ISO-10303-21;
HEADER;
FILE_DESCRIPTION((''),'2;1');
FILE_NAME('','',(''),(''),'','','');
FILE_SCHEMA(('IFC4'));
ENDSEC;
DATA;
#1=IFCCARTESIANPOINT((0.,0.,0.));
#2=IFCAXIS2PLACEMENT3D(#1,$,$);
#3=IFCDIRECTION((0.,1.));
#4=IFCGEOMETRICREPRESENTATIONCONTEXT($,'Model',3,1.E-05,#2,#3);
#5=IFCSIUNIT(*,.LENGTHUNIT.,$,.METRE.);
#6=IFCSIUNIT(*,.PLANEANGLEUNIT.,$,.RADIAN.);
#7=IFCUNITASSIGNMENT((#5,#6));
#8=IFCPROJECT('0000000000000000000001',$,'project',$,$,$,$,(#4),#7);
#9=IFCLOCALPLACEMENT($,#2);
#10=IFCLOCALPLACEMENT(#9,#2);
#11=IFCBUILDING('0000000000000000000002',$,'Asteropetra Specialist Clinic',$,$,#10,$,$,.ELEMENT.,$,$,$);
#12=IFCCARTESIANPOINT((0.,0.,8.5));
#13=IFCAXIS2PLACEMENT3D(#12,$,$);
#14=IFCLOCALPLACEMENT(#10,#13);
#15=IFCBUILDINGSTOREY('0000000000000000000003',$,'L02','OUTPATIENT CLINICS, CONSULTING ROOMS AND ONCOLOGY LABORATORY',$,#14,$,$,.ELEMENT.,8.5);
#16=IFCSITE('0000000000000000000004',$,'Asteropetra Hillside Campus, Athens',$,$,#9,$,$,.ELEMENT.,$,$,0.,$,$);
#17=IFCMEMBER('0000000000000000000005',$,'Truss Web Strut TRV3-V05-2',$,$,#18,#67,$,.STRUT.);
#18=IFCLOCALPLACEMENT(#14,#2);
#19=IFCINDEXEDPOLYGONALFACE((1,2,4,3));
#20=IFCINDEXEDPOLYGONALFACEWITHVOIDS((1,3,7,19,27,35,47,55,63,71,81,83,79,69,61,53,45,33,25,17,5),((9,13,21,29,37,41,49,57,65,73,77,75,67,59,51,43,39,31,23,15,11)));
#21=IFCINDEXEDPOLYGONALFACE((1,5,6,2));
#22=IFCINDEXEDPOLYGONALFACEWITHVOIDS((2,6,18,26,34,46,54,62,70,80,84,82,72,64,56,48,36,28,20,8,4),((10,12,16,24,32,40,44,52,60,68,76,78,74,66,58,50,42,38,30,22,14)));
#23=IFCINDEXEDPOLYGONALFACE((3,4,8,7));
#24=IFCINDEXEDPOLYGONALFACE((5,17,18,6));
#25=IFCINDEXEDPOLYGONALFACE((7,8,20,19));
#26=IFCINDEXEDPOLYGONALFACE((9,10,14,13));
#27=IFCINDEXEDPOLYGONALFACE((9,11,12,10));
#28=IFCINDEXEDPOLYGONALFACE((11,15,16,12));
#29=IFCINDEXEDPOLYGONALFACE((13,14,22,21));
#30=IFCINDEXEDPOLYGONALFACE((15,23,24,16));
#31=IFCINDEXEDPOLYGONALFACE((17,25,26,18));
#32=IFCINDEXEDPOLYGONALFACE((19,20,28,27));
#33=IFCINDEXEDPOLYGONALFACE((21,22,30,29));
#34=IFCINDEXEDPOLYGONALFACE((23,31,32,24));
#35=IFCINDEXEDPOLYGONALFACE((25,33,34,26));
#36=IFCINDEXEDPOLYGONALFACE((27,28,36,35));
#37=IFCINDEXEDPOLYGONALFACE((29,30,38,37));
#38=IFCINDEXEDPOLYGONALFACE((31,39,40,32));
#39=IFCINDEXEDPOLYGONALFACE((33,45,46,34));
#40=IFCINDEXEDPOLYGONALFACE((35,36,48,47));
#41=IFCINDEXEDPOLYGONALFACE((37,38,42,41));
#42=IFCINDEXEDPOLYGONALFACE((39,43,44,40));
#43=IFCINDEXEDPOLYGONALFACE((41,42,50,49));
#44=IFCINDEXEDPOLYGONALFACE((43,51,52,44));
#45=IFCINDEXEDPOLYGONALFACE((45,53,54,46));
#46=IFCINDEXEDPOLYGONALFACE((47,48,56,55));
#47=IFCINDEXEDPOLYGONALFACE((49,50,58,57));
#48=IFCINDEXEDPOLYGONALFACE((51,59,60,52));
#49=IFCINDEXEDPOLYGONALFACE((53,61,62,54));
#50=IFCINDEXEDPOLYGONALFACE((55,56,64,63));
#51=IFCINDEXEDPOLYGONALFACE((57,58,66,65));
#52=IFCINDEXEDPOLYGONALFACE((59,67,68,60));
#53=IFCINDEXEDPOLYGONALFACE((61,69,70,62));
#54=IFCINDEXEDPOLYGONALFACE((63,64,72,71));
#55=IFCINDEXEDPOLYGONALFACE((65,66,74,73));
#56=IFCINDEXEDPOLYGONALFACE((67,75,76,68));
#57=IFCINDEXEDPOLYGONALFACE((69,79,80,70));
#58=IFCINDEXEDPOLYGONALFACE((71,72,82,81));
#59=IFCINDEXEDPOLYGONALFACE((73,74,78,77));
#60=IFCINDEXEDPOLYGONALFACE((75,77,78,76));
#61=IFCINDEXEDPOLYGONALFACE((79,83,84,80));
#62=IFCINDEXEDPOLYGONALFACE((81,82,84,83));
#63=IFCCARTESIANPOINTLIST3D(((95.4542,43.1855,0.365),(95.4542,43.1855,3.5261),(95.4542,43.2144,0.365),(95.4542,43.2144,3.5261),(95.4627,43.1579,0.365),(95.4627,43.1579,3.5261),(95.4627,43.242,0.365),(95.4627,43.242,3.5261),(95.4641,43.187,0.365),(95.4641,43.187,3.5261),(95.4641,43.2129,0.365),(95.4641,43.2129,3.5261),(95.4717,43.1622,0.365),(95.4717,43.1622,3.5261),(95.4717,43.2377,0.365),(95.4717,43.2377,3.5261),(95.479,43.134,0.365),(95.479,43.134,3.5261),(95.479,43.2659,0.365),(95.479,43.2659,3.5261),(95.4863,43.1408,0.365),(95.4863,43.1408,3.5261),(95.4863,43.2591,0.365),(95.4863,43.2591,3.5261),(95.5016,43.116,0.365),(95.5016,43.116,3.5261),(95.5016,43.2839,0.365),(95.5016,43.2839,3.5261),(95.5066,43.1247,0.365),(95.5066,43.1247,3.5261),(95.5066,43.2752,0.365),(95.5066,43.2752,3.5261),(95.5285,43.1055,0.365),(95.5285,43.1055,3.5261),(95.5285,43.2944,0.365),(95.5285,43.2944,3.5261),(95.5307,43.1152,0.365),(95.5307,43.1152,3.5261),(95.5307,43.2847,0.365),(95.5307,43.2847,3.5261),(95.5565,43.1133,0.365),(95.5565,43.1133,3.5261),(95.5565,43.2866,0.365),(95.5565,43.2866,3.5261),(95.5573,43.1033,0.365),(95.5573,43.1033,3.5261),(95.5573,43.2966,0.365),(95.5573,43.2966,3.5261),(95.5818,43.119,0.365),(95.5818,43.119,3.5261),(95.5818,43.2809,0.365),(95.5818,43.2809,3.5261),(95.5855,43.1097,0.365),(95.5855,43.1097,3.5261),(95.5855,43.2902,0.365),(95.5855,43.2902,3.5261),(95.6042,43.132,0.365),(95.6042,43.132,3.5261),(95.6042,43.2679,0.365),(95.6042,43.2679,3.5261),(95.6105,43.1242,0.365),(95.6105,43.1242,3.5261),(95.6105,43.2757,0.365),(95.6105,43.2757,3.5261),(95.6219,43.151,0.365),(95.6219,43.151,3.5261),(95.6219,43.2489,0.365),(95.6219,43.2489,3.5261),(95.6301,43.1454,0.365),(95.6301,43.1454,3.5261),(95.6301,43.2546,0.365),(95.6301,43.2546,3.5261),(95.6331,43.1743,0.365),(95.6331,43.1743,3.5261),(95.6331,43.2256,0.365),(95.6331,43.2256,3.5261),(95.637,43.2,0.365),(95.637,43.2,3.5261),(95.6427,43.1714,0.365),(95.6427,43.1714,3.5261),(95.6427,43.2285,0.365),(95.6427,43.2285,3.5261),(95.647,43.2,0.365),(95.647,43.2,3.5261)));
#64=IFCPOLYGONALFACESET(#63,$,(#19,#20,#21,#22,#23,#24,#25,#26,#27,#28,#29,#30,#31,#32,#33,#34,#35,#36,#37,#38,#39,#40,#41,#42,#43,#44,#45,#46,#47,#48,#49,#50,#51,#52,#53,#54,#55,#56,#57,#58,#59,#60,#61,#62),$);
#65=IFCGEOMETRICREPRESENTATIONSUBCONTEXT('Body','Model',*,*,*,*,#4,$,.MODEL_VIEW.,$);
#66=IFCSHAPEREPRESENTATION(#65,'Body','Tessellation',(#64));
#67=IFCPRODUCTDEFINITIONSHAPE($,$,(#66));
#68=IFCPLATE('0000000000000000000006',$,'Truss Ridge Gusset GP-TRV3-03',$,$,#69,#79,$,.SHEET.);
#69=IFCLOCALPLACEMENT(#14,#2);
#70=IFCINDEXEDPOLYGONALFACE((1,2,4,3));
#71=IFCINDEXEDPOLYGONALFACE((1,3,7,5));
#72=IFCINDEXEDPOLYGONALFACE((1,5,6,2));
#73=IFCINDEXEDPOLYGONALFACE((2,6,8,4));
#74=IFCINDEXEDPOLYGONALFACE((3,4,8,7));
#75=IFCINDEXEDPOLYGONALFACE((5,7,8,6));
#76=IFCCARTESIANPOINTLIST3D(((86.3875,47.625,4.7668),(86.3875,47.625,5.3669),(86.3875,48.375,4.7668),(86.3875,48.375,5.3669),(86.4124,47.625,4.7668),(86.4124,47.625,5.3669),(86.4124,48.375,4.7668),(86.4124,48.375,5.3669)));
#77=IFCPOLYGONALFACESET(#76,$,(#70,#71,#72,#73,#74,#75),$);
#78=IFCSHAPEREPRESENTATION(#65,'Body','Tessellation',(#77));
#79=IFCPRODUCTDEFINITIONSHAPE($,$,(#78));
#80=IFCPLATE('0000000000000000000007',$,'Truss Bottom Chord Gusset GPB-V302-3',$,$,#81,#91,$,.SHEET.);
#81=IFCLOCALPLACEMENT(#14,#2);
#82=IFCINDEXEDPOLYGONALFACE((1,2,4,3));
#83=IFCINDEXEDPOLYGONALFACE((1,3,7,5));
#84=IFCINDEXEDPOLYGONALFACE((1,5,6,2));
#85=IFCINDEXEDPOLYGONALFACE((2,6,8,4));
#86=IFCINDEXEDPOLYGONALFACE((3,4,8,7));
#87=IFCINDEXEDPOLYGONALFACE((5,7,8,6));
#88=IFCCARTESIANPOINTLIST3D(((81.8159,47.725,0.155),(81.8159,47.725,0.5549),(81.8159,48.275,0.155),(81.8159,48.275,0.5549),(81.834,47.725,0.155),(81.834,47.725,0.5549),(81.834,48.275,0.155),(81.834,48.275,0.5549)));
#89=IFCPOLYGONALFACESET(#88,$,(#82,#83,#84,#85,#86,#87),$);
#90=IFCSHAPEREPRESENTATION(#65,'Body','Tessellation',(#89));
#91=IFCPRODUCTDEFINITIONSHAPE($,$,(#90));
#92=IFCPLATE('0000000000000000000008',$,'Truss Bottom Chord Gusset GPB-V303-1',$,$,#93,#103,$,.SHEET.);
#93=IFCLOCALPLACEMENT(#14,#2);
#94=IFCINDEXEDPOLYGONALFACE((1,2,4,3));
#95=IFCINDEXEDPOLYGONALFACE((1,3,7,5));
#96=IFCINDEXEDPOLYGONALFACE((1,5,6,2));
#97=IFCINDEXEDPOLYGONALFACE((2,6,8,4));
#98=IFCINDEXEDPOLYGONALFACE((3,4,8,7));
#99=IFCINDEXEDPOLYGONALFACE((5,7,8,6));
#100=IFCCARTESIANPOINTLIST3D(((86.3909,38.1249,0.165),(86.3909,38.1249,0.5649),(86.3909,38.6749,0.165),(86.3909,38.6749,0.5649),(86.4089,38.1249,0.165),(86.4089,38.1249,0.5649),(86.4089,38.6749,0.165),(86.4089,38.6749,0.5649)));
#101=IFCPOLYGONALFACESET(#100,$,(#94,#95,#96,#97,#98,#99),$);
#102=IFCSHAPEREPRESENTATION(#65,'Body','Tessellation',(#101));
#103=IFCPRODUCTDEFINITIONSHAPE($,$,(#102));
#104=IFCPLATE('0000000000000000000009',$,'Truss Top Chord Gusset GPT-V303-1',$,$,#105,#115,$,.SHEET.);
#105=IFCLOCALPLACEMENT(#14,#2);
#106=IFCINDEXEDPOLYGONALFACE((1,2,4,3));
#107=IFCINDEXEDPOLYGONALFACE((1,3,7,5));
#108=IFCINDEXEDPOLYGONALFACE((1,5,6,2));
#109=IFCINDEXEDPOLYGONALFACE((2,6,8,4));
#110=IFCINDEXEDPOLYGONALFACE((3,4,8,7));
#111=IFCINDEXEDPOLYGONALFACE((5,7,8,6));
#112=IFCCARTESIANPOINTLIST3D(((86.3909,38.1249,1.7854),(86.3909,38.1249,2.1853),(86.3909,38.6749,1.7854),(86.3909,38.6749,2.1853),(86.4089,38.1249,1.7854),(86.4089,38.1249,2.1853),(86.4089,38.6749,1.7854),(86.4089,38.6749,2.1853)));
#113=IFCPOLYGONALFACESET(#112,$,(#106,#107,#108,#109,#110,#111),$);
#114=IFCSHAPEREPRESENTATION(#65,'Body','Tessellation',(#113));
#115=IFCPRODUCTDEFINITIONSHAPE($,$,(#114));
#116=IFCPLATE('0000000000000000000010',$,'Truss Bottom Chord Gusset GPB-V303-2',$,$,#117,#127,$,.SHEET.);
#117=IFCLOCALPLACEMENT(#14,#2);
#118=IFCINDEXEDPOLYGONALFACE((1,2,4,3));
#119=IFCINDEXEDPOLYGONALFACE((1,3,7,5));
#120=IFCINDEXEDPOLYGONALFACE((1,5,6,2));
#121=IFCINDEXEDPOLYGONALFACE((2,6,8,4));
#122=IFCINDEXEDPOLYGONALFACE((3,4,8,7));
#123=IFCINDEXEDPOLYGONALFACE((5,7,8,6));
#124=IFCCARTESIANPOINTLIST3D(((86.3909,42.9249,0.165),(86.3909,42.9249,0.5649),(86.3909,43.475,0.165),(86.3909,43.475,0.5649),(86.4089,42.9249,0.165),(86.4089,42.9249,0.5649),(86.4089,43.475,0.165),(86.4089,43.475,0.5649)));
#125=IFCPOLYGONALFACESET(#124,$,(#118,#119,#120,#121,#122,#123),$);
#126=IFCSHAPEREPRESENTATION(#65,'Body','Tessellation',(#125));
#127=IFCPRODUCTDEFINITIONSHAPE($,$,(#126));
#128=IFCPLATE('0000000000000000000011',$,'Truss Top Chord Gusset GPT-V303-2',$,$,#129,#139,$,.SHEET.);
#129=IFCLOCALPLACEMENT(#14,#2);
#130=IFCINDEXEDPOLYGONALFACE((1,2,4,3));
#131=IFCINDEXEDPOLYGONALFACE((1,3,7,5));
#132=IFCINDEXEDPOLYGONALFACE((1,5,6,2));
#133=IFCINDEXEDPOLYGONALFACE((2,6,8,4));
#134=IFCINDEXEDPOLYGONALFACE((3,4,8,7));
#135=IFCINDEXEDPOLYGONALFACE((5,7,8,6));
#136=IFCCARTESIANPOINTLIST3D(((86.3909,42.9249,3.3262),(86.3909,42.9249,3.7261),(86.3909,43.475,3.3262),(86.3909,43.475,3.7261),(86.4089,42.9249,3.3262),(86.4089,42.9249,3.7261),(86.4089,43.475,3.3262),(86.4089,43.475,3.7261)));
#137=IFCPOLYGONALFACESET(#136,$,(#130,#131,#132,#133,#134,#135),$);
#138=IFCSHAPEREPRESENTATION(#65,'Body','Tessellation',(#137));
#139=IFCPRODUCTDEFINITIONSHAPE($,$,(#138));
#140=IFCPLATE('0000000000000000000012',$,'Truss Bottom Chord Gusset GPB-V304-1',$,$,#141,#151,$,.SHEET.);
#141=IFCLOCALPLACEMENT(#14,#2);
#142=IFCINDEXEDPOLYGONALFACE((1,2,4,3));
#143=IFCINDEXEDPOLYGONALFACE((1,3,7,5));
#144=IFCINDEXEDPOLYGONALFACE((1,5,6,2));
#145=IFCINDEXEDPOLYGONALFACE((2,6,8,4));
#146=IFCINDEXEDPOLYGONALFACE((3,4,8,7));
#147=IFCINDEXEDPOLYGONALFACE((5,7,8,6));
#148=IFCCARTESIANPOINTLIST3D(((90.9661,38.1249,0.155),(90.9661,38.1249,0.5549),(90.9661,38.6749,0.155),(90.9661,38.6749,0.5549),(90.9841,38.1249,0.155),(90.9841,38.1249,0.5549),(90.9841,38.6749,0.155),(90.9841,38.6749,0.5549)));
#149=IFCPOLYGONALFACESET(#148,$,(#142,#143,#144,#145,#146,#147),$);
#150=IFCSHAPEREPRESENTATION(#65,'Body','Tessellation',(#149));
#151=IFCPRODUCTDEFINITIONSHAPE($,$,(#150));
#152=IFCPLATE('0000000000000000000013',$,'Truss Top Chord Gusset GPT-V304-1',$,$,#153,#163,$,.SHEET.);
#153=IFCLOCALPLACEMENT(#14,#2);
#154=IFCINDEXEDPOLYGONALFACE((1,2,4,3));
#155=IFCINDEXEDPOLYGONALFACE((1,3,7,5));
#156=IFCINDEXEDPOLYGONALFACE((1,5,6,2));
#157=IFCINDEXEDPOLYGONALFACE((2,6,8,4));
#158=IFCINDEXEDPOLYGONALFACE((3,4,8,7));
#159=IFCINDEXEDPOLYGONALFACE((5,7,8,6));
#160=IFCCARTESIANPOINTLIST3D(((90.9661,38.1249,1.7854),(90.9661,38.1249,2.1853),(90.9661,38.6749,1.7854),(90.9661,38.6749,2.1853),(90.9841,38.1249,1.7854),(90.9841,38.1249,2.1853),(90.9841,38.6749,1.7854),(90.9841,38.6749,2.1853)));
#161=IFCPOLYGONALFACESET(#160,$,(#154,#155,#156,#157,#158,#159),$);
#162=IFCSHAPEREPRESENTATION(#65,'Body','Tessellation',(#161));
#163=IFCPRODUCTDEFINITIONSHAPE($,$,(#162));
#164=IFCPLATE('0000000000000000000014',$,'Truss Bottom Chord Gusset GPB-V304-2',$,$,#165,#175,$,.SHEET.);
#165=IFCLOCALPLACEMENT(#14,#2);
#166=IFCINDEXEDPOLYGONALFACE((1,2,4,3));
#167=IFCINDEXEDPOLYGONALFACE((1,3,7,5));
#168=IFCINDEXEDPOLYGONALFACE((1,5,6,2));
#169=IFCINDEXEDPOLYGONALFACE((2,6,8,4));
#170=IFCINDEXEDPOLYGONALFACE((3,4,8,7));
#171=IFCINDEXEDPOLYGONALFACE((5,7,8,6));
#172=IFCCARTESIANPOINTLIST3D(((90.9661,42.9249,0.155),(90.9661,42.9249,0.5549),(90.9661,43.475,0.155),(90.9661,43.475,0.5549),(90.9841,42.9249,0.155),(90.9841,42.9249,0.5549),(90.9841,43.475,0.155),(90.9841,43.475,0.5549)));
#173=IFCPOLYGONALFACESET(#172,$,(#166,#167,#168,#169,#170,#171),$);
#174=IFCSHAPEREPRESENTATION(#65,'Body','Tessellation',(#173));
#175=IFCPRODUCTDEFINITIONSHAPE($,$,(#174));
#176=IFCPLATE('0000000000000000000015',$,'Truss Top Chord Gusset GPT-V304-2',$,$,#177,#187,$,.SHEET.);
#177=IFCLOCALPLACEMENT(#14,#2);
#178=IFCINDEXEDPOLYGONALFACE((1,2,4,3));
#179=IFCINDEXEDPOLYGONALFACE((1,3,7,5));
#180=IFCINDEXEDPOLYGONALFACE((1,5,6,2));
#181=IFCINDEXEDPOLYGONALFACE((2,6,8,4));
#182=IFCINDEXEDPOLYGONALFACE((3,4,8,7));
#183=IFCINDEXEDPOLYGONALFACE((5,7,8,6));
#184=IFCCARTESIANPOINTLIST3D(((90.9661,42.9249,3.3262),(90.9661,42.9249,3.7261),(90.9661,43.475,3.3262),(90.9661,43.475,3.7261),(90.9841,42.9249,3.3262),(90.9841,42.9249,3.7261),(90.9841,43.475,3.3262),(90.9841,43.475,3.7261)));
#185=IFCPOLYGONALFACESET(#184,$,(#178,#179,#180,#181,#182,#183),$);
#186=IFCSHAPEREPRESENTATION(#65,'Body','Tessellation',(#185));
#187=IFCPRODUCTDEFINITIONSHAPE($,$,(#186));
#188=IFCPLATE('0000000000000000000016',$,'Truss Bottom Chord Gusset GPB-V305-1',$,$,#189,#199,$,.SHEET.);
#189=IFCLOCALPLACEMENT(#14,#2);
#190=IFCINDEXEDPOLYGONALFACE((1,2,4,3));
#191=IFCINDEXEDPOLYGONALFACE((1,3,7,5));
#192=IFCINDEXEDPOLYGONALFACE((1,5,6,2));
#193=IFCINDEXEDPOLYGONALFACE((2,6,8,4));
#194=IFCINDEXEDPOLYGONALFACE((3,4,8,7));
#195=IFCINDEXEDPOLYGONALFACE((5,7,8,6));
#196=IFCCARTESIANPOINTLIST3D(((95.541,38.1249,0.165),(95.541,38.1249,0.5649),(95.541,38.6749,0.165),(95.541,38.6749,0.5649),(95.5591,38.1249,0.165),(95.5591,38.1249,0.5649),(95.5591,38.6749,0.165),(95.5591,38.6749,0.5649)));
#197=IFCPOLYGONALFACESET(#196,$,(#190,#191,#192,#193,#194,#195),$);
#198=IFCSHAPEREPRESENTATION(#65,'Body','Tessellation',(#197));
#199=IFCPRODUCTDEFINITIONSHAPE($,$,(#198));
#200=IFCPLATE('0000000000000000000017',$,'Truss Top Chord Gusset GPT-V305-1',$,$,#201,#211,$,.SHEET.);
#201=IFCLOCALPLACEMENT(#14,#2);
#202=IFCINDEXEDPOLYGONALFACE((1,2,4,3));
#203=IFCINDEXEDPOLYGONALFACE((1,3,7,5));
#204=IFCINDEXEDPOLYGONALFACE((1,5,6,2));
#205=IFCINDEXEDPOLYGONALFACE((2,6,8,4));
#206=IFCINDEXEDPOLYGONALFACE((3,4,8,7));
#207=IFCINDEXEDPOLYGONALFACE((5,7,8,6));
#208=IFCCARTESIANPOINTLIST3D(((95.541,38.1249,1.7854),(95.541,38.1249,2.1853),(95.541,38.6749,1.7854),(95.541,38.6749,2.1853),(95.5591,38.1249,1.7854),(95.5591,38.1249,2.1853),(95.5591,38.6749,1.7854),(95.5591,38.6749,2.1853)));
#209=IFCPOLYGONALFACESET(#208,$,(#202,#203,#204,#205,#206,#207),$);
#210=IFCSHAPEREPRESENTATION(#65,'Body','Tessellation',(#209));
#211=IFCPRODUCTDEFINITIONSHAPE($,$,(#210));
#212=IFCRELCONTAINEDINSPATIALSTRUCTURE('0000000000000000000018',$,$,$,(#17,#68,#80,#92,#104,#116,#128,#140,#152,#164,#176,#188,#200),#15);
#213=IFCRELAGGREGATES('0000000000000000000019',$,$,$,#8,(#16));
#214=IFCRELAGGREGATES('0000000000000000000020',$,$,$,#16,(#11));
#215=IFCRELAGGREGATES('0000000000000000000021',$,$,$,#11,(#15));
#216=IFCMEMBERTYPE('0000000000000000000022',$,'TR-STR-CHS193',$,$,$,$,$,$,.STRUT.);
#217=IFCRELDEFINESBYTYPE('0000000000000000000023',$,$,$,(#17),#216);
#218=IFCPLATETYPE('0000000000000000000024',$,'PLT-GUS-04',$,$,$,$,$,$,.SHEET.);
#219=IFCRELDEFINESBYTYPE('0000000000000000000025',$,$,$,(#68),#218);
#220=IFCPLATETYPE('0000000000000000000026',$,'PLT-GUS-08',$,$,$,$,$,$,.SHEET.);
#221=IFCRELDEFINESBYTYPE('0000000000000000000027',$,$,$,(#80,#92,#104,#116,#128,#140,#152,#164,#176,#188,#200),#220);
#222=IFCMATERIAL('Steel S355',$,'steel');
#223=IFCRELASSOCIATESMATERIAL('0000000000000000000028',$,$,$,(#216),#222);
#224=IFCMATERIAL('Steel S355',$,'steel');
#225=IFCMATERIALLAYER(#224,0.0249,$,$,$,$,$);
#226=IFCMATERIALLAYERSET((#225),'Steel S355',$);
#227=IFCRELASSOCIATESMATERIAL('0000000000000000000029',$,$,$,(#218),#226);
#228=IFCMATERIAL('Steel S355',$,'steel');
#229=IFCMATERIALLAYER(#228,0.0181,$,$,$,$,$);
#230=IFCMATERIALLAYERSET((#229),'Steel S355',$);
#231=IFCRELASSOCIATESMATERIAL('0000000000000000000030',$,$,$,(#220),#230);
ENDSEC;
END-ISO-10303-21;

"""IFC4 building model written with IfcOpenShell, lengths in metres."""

from ifc_helpers import new_model, si_unit, direction, frame, origin, origin_2d, place, context, subcontext, project, spatial, rectangle, hollow_circle, extrude, material, layer, layer_set, material_profile, profile_set, type_object, element, save


model = new_model("IFC4")

# Units and contexts
model_context = context("Model", 3, precision=1e-05, world=origin(), true_north=direction((0.0, 1.0)))
body_context = subcontext(model_context, "Body", "Model", "MODEL_VIEW")
ifc_project = project(units=[si_unit("LENGTHUNIT", "METRE"), si_unit("PLANEANGLEUNIT", "RADIAN")], contexts=[model_context])

# Site, building, storey
site_placement = place(None, origin())
site = spatial("IfcSite", under=ifc_project, at=site_placement, Name="Asteropetra Hillside Campus, Athens", CompositionType="ELEMENT", RefElevation=0.0)
building_placement = place(site_placement, origin())
building = spatial("IfcBuilding", under=site, at=building_placement, Name="Asteropetra Specialist Clinic", CompositionType="ELEMENT")
storey_placement = place(building_placement, frame((0.0, 0.0, 8.5)))
storey = spatial("IfcBuildingStorey", under=building, at=storey_placement, Name="L02", Description="OUTPATIENT CLINICS, CONSULTING ROOMS AND ONCOLOGY LABORATORY", CompositionType="ELEMENT", Elevation=8.5)

# Member
ifc_material_1 = material(Name="Steel S355", Category="steel")
ifc_material_profile_1 = material_profile(ifc_material_1, hollow_circle(Radius=0.0969, WallThickness=0.01, at=origin_2d()), Name="CHS 193.7x10.0")
ifc_profile_set_1 = profile_set([ifc_material_profile_1], Name="Steel S355")
member_type_1 = type_object("IfcMemberType", Name="TR-STR-CHS193", PredefinedType="STRUT", material=ifc_profile_set_1)
member_1_placement = place(storey_placement, frame((95.55, 43.2, 0.365), z_axis=(0.0, 0.0, 1.0), x_axis=(1.0, 0.0, 0.0)))
element("IfcMember", 1, at=member_1_placement, inside=storey, type_object=member_type_1, Name="Truss Web Strut TRV3-V05-2", PredefinedType="STRUT", context=body_context, shape_type="SweptSolid", body=[
    extrude(hollow_circle(Radius=0.0969, WallThickness=0.01, at=origin_2d()), origin(), (0.0, 0.0, 1.0), 3.1611),
])

# Plates
ifc_material_2 = material(Name="Steel S355", Category="steel")
ifc_layer_1 = layer(ifc_material_2, 0.0249)
ifc_layer_set_1 = layer_set([ifc_layer_1], Name="Steel S355")
plate_type_1 = type_object("IfcPlateType", Name="PLT-GUS-04", PredefinedType="SHEET", material=ifc_layer_set_1)
plate_placement = place(storey_placement, frame((86.3999, 48.0, 4.7668), z_axis=(0.0, 0.0, 1.0), x_axis=(1.0, 0.0, 0.0)))
element("IfcPlate", 2, at=plate_placement, inside=storey, type_object=plate_type_1, Name="Truss Ridge Gusset GP-TRV3-03", PredefinedType="SHEET", context=body_context, shape_type="SweptSolid", body=[
    extrude(rectangle(XDim=0.0249, YDim=0.75, at=origin_2d()), origin(), (0.0, 0.0, 1.0), 0.6001),
])
ifc_material_3 = material(Name="Steel S355", Category="steel")
ifc_layer_2 = layer(ifc_material_3, 0.0181)
ifc_layer_set_2 = layer_set([ifc_layer_2], Name="Steel S355")
plate_type_2 = type_object("IfcPlateType", Name="PLT-GUS-08", PredefinedType="SHEET", material=ifc_layer_set_2)
for number, where, z_axis, x_axis, name in (
    (3, (81.825, 48.0, 0.155), (0.0, 0.0, 1.0), (1.0, 0.0, 0.0), "Truss Bottom Chord Gusset GPB-V302-3"),
    (4, (86.3999, 38.3999, 0.165), (0.0, 0.0, 1.0), (1.0, 0.0, 0.0), "Truss Bottom Chord Gusset GPB-V303-1"),
    (5, (86.3999, 38.3999, 1.7854), (0.0, 0.0, 1.0), (1.0, 0.0, 0.0), "Truss Top Chord Gusset GPT-V303-1"),
    (6, (86.3999, 43.2, 0.165), (0.0, 0.0, 1.0), (1.0, 0.0, 0.0), "Truss Bottom Chord Gusset GPB-V303-2"),
    (7, (86.3999, 43.2, 3.3262), (0.0, 0.0, 1.0), (1.0, 0.0, 0.0), "Truss Top Chord Gusset GPT-V303-2"),
    (8, (90.9751, 38.3999, 0.155), (0.0, 0.0, 1.0), (1.0, 0.0, 0.0), "Truss Bottom Chord Gusset GPB-V304-1"),
    (9, (90.9751, 38.3999, 1.7854), (0.0, 0.0, 1.0), (1.0, 0.0, 0.0), "Truss Top Chord Gusset GPT-V304-1"),
    (10, (90.9751, 43.2, 0.155), (0.0, 0.0, 1.0), (1.0, 0.0, 0.0), "Truss Bottom Chord Gusset GPB-V304-2"),
    (11, (90.9751, 43.2, 3.3262), (0.0, 0.0, 1.0), (1.0, 0.0, 0.0), "Truss Top Chord Gusset GPT-V304-2"),
    (12, (95.55, 38.3999, 0.165), (0.0, 0.0, 1.0), (1.0, 0.0, 0.0), "Truss Bottom Chord Gusset GPB-V305-1"),
    (13, (95.55, 38.3999, 1.7854), (0.0, 0.0, 1.0), (1.0, 0.0, 0.0), "Truss Top Chord Gusset GPT-V305-1"),
):
    element("IfcPlate", number, at=place(storey_placement, frame(where, z_axis=z_axis, x_axis=x_axis)), inside=storey, type_object=plate_type_2, Name=name, PredefinedType="SHEET", context=body_context, shape_type="SweptSolid", body=[
        extrude(rectangle(XDim=0.0181, YDim=0.55, at=origin_2d()), origin(), (0.0, 0.0, 1.0), 0.3999),
    ])

save(model, "model.ifc")
